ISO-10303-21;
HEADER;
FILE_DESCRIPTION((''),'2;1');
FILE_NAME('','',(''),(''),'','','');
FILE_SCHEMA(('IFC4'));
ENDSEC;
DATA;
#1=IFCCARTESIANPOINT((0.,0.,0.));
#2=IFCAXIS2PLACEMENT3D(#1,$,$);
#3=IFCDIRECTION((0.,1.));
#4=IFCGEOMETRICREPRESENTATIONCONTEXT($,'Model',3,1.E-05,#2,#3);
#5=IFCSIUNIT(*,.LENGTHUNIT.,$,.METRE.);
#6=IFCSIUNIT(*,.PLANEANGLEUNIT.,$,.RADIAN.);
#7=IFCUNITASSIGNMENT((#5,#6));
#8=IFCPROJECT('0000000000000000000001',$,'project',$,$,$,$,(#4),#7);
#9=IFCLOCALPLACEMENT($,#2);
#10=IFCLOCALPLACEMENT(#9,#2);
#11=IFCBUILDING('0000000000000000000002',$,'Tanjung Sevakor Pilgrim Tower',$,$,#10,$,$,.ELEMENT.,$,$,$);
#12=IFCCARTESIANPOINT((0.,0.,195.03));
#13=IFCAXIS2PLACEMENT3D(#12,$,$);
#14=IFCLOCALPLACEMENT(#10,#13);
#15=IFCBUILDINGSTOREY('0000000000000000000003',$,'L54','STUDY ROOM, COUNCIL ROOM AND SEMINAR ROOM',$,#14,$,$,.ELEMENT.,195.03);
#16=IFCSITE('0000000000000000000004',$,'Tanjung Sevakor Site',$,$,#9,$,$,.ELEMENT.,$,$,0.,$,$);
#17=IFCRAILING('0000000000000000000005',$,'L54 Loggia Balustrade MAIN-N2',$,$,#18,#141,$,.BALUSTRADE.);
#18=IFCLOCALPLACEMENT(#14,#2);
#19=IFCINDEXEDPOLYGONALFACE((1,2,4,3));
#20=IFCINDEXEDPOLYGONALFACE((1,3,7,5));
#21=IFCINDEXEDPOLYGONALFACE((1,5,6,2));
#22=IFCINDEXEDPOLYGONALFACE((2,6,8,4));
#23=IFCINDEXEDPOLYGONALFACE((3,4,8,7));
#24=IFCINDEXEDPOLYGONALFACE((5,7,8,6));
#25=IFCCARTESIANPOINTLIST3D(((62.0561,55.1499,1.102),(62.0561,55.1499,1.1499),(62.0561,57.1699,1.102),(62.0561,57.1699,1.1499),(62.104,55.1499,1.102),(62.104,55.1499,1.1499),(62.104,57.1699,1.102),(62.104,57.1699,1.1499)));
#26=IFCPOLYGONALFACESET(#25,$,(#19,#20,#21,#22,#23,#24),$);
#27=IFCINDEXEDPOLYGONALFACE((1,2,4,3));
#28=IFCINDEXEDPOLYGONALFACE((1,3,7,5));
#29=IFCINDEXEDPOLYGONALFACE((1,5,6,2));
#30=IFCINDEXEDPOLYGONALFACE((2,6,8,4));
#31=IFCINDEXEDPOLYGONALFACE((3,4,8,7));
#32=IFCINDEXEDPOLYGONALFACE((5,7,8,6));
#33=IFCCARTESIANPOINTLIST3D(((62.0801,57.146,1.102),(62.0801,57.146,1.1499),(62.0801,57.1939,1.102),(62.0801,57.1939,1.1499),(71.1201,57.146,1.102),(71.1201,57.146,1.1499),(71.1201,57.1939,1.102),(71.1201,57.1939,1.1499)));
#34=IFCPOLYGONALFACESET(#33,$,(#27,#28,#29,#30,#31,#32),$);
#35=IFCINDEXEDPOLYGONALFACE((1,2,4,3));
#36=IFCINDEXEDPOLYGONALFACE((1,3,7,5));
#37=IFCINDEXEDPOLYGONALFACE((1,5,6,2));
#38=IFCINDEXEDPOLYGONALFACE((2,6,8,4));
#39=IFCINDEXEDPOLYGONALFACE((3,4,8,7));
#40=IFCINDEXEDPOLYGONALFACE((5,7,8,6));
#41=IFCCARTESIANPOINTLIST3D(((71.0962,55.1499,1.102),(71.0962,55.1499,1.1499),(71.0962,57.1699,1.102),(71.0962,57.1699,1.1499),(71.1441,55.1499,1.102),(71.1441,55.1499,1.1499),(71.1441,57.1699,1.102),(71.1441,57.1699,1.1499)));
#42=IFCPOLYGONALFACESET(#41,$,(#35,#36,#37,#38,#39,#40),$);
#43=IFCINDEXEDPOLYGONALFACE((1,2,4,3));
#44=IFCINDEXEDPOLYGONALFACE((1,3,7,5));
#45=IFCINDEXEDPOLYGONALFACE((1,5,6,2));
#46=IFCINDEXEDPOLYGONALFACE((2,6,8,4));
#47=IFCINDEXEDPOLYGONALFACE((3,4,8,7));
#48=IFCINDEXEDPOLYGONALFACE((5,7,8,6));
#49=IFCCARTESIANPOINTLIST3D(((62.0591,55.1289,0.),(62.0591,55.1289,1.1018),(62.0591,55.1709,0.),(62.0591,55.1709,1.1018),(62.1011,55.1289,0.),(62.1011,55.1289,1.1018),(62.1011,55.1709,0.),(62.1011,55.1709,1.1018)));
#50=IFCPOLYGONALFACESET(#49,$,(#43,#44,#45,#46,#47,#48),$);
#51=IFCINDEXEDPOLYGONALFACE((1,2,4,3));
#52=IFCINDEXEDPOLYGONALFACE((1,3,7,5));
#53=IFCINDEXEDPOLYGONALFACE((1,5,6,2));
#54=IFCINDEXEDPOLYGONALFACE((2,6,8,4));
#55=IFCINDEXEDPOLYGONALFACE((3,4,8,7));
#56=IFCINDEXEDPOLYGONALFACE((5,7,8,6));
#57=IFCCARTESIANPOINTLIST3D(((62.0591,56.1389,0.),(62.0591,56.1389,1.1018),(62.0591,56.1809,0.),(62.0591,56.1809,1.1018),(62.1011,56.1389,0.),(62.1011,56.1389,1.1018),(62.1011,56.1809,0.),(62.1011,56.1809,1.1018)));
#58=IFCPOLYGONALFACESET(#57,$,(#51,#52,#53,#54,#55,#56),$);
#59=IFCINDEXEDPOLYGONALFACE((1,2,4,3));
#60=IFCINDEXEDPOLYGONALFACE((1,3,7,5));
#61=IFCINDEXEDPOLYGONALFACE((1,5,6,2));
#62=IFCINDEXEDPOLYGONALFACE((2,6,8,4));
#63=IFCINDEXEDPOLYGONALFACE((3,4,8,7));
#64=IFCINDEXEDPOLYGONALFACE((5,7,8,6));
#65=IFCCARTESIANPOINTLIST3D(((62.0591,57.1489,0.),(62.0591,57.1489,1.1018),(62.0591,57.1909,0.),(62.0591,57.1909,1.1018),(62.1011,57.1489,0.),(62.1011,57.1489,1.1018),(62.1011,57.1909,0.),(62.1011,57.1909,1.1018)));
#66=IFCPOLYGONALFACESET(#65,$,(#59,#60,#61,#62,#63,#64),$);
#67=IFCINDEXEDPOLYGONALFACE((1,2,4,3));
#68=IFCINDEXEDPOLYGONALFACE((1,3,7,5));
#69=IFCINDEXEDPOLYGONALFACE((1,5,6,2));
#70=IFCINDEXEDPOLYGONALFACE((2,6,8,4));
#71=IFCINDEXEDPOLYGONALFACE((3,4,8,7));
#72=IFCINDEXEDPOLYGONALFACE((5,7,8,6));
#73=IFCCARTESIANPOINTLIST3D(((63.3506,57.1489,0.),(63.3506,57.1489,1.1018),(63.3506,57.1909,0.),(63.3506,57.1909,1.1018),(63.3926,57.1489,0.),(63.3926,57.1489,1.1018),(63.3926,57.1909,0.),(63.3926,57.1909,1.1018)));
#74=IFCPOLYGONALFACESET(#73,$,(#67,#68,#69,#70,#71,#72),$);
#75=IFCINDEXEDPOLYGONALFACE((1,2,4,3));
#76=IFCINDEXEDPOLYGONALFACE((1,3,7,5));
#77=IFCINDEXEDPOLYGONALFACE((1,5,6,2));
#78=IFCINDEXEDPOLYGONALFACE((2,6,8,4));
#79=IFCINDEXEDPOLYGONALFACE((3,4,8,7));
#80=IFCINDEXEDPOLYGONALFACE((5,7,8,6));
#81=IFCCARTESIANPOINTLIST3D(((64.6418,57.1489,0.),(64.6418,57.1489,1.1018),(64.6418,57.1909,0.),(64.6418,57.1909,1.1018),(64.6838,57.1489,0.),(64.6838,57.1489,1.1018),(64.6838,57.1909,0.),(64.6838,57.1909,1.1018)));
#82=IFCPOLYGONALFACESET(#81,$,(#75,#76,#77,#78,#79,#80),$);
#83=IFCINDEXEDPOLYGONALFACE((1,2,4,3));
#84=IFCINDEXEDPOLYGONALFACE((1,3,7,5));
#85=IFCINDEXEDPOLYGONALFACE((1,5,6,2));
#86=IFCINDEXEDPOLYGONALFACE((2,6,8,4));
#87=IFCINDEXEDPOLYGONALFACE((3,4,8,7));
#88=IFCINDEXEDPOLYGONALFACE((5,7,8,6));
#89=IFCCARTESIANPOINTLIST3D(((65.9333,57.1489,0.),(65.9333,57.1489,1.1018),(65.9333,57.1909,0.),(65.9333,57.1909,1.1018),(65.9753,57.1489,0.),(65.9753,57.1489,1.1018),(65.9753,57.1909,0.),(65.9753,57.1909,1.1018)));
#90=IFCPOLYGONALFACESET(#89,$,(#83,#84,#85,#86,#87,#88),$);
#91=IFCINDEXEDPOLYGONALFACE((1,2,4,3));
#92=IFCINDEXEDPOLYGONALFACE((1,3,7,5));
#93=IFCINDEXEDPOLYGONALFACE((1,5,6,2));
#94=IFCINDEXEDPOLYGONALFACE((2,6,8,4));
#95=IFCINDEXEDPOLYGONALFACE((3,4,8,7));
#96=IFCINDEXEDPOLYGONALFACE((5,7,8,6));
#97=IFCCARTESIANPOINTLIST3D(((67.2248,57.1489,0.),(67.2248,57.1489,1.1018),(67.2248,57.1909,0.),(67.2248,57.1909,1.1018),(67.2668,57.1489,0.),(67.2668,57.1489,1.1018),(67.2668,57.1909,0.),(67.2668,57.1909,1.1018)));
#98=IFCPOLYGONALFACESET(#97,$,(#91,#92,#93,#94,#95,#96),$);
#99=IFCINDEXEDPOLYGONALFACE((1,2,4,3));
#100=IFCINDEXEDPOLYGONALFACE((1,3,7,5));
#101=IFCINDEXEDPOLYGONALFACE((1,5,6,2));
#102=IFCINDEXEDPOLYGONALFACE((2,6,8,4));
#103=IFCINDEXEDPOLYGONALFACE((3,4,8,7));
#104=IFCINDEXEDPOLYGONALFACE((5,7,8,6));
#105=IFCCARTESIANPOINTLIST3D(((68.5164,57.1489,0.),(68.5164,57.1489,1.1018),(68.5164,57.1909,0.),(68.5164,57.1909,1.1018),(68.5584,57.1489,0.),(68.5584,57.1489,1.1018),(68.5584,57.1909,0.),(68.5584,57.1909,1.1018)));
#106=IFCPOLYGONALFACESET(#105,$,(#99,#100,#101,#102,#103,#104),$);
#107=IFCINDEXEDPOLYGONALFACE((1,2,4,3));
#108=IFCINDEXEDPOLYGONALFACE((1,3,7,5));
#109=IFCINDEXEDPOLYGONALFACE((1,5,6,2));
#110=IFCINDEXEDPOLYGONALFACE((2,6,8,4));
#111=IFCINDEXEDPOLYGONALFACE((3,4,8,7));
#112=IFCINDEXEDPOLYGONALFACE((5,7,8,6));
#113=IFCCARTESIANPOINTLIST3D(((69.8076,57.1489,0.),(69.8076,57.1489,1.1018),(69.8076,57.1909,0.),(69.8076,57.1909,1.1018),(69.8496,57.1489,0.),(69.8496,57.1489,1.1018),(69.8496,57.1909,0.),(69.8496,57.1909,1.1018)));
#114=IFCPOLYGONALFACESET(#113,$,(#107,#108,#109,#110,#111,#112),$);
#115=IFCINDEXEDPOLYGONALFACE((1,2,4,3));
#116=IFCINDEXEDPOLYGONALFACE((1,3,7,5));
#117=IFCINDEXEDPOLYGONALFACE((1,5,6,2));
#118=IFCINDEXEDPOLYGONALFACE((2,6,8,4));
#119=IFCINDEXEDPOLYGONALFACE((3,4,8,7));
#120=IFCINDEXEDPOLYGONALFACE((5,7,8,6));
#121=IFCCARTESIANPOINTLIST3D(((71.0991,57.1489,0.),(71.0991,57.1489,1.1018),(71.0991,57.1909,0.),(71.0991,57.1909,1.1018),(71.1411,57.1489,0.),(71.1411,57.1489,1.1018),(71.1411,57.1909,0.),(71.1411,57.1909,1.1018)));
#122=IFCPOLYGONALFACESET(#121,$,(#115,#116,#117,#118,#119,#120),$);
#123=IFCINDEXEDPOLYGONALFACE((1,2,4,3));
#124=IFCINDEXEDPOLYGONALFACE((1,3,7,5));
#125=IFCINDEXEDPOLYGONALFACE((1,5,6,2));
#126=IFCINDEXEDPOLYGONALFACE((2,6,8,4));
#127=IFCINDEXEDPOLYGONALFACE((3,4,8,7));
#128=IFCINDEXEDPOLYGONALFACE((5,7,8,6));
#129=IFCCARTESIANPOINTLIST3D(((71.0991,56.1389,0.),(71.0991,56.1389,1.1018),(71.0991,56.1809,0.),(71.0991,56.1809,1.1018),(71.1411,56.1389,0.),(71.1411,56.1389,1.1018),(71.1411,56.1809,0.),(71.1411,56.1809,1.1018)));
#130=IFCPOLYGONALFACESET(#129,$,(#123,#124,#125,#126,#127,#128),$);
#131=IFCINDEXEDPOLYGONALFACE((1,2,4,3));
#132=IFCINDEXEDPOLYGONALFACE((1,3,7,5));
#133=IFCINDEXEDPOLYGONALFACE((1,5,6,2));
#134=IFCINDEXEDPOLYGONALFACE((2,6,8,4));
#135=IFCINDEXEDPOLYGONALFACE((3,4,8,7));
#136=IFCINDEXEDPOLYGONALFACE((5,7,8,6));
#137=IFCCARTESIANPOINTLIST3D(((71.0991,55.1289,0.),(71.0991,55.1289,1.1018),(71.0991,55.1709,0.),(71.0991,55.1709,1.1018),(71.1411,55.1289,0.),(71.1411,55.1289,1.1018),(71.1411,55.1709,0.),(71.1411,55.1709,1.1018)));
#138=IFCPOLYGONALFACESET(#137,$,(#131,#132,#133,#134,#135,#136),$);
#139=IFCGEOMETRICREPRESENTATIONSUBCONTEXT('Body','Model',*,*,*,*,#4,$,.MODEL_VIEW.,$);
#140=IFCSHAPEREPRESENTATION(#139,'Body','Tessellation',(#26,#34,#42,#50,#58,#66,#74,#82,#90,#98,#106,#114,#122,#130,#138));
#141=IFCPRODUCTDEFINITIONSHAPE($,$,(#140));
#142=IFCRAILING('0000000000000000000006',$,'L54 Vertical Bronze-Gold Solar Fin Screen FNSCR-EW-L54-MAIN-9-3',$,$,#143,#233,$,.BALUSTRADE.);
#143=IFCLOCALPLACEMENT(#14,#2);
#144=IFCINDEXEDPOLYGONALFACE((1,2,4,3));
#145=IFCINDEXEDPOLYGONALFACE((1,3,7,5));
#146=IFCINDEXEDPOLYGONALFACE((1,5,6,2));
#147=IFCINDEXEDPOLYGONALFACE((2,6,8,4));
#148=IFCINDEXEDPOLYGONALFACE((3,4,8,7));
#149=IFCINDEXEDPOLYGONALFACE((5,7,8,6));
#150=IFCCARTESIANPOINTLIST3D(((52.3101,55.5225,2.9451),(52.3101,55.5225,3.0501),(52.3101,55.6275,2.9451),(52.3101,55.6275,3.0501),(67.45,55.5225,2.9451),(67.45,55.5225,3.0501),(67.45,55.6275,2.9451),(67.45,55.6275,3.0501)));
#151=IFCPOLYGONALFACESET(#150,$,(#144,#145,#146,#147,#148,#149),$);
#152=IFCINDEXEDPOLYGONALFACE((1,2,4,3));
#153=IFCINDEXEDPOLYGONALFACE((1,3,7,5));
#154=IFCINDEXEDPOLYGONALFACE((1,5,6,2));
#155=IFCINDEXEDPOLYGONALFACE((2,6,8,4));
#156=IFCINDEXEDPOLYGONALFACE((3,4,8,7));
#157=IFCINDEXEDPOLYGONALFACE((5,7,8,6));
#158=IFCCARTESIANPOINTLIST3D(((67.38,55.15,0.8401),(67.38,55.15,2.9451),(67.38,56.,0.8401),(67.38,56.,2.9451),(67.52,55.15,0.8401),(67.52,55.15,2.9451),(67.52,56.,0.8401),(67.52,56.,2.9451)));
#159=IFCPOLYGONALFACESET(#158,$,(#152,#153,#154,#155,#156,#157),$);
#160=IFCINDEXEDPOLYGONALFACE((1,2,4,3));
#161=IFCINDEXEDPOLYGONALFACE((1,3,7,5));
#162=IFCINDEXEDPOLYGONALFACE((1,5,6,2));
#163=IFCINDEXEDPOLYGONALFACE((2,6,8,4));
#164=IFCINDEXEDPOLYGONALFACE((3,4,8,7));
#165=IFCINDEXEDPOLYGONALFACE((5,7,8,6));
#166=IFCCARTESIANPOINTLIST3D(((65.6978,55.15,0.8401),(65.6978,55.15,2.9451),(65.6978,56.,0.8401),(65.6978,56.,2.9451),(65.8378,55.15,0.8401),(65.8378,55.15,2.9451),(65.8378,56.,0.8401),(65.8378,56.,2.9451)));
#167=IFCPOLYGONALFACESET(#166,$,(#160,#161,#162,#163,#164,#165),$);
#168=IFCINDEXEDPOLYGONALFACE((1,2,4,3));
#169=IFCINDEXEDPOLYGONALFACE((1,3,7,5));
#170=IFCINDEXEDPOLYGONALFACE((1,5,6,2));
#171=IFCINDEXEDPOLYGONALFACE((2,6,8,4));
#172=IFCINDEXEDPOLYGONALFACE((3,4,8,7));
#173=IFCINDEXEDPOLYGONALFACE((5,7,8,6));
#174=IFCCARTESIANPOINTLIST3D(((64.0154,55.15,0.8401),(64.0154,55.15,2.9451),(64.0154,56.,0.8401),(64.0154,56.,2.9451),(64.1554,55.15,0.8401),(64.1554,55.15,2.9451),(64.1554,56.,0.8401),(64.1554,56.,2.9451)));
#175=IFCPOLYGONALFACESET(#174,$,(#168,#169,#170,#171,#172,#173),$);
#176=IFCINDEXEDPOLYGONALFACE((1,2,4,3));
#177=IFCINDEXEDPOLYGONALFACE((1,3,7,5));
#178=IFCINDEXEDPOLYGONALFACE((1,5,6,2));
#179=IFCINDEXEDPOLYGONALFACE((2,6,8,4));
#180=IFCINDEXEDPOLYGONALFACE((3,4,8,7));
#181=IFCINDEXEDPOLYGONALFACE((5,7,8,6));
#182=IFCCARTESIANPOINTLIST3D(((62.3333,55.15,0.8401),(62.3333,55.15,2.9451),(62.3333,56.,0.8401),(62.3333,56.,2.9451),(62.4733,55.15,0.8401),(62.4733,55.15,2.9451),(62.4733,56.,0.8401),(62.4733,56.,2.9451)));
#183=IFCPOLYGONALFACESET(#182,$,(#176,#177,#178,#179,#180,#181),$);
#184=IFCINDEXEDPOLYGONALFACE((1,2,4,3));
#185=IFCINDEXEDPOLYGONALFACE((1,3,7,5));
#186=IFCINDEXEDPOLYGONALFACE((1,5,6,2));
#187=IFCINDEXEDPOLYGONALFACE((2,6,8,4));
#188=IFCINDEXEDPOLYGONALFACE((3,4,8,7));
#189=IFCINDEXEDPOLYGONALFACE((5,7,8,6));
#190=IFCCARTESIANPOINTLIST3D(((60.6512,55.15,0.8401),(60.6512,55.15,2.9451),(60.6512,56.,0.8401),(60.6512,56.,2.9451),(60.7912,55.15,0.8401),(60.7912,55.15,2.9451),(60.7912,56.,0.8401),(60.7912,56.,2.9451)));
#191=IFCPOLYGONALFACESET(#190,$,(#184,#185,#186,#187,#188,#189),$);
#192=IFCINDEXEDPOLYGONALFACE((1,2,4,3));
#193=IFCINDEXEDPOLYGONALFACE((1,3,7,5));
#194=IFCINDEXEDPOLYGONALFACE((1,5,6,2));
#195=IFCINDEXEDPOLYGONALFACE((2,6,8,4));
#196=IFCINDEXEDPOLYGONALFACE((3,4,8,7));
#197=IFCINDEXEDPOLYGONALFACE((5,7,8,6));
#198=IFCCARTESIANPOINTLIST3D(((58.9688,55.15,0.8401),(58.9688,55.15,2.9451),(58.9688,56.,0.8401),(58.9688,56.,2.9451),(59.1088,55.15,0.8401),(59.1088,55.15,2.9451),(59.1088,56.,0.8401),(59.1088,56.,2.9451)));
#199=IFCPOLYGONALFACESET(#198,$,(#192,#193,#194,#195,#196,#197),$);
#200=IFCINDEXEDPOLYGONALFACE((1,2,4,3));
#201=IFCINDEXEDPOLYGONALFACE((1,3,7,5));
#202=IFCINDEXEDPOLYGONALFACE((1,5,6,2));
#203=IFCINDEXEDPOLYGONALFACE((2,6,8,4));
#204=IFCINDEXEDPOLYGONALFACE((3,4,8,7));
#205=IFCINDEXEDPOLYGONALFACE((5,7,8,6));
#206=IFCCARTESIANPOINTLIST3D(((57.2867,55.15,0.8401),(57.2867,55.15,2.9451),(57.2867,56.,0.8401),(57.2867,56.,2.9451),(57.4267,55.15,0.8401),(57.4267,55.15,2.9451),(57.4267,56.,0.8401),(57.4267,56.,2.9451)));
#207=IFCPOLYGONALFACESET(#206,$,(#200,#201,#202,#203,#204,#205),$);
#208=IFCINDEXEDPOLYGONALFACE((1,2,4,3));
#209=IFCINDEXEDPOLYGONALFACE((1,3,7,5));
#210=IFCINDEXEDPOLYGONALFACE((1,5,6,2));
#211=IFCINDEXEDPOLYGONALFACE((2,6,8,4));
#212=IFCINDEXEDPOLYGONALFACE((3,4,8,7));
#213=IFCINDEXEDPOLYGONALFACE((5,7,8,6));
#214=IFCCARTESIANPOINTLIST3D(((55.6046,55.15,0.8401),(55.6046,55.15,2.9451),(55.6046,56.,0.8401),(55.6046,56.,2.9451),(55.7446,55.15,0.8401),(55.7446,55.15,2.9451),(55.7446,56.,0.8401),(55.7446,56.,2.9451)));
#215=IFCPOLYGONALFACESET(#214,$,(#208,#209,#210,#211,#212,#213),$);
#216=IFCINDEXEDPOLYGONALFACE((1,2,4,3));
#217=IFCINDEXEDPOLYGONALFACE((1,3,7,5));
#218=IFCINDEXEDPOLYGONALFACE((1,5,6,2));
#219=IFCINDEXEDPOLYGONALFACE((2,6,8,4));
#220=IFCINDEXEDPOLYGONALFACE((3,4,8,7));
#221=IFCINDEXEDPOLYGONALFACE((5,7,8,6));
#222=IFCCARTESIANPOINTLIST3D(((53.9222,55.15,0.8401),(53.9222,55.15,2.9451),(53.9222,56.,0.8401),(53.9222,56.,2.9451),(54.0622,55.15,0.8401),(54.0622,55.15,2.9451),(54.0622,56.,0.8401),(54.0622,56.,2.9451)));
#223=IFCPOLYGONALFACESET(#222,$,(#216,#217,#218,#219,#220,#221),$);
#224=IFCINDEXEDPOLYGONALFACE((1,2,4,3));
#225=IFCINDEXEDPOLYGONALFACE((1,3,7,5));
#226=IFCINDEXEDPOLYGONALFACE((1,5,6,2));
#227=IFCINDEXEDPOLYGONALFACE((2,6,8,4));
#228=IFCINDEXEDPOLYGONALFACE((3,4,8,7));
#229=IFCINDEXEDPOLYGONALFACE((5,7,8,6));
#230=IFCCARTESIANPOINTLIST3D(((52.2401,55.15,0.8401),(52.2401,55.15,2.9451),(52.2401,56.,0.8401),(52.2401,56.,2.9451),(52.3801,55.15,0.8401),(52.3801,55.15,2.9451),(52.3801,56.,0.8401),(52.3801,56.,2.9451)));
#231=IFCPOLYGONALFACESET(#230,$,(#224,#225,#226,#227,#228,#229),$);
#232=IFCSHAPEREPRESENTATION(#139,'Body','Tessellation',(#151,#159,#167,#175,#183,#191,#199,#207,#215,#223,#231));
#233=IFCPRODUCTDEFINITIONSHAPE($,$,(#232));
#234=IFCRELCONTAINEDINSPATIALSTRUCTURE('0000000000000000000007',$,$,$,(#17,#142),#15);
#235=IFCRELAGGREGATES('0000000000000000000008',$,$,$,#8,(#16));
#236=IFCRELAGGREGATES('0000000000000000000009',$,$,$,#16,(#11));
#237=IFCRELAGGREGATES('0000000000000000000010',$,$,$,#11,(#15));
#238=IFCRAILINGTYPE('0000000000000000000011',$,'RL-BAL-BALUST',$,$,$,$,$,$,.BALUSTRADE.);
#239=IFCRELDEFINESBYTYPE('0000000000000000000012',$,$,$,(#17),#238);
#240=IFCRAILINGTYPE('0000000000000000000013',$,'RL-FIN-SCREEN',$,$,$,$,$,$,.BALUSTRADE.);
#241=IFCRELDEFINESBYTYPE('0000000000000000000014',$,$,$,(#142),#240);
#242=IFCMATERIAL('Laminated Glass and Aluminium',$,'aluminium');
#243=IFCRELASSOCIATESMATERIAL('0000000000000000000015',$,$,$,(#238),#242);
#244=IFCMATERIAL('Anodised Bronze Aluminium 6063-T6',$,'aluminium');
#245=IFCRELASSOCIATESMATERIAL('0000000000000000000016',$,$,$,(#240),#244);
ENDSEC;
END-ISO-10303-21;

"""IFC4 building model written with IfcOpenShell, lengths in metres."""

from ifc_helpers import new_model, si_unit, direction, frame, origin, place, context, subcontext, project, spatial, rectangle, extrude, material, type_object, element, save


model = new_model("IFC4")

# Units and contexts
model_context = context("Model", 3, precision=1e-05, world=origin(), true_north=direction((0.0, 1.0)))
body_context = subcontext(model_context, "Body", "Model", "MODEL_VIEW")
ifc_project = project(units=[si_unit("LENGTHUNIT", "METRE"), si_unit("PLANEANGLEUNIT", "RADIAN")], contexts=[model_context])

# Site, building, storey
site_placement = place(None, origin())
site = spatial("IfcSite", under=ifc_project, at=site_placement, Name="Tanjung Sevakor Site", CompositionType="ELEMENT", RefElevation=0.0)
building_placement = place(site_placement, origin())
building = spatial("IfcBuilding", under=site, at=building_placement, Name="Tanjung Sevakor Pilgrim Tower", CompositionType="ELEMENT")
storey_placement = place(building_placement, frame((0.0, 0.0, 195.03)))
storey = spatial("IfcBuildingStorey", under=building, at=storey_placement, Name="L54", Description="STUDY ROOM, COUNCIL ROOM AND SEMINAR ROOM", CompositionType="ELEMENT", Elevation=195.03)

# Railings
ifc_material_1 = material(Name="Laminated Glass and Aluminium", Category="aluminium")
railing_type_1 = type_object("IfcRailingType", Name="RL-BAL-BALUST", PredefinedType="BALUSTRADE", material=ifc_material_1)
railing_1_placement = place(storey_placement, frame((62.0801, 55.1499, 0.0)))
element("IfcRailing", 1, at=railing_1_placement, inside=storey, type_object=railing_type_1, Name="L54 Loggia Balustrade MAIN-N2", PredefinedType="BALUSTRADE", context=body_context, shape_type="SweptSolid", body=[
    extrude(rectangle(XDim=0.0479, YDim=0.0479), frame((0.0, 0.0, 1.126), z_axis=(0.0, 1.0, 0.0), x_axis=(-1.0, 0.0, 0.0)), (0.0, 0.0, 1.0), 2.02),
    extrude(rectangle(XDim=0.0479, YDim=0.0479), frame((0.0, 2.02, 1.126), z_axis=(1.0, 0.0, 0.0), x_axis=(0.0, 1.0, 0.0)), (0.0, 0.0, 1.0), 9.04),
    extrude(rectangle(XDim=0.0479, YDim=0.0479), frame((9.04, 2.02, 1.126), z_axis=(0.0, -1.0, 0.0), x_axis=(1.0, 0.0, 0.0)), (0.0, 0.0, 1.0), 2.02),
    extrude(rectangle(XDim=0.042, YDim=0.042), origin(), (0.0, 0.0, 1.0), 1.1018),
    extrude(rectangle(XDim=0.042, YDim=0.042), frame((0.0, 1.01, 0.0)), (0.0, 0.0, 1.0), 1.1018),
    extrude(rectangle(XDim=0.042, YDim=0.042), frame((0.0, 2.02, 0.0)), (0.0, 0.0, 1.0), 1.1018),
    extrude(rectangle(XDim=0.042, YDim=0.042), frame((1.2915, 2.02, 0.0)), (0.0, 0.0, 1.0), 1.1018),
    extrude(rectangle(XDim=0.042, YDim=0.042), frame((2.5828, 2.02, 0.0)), (0.0, 0.0, 1.0), 1.1018),
    extrude(rectangle(XDim=0.042, YDim=0.042), frame((3.8743, 2.02, 0.0)), (0.0, 0.0, 1.0), 1.1018),
    extrude(rectangle(XDim=0.042, YDim=0.042), frame((5.1658, 2.02, 0.0)), (0.0, 0.0, 1.0), 1.1018),
    extrude(rectangle(XDim=0.042, YDim=0.042), frame((6.4573, 2.02, 0.0)), (0.0, 0.0, 1.0), 1.1018),
    extrude(rectangle(XDim=0.042, YDim=0.042), frame((7.7485, 2.02, 0.0)), (0.0, 0.0, 1.0), 1.1018),
    extrude(rectangle(XDim=0.042, YDim=0.042), frame((9.04, 2.02, 0.0)), (0.0, 0.0, 1.0), 1.1018),
    extrude(rectangle(XDim=0.042, YDim=0.042), frame((9.04, 1.01, 0.0)), (0.0, 0.0, 1.0), 1.1018),
    extrude(rectangle(XDim=0.042, YDim=0.042), frame((9.04, 0.0, 0.0)), (0.0, 0.0, 1.0), 1.1018),
])
ifc_material_2 = material(Name="Anodised Bronze Aluminium 6063-T6", Category="aluminium")
railing_type_2 = type_object("IfcRailingType", Name="RL-FIN-SCREEN", PredefinedType="BALUSTRADE", material=ifc_material_2)
railing_2_placement = place(storey_placement, frame((67.45, 55.575, 0.8401)))
element("IfcRailing", 2, at=railing_2_placement, inside=storey, type_object=railing_type_2, Name="L54 Vertical Bronze-Gold Solar Fin Screen FNSCR-EW-L54-MAIN-9-3", PredefinedType="BALUSTRADE", context=body_context, shape_type="SweptSolid", body=[
    extrude(rectangle(XDim=0.105, YDim=0.105), frame((0.0, 0.0, 2.1575), z_axis=(-1.0, 0.0, 0.0), x_axis=(0.0, -1.0, 0.0)), (0.0, 0.0, 1.0), 15.1399),
    extrude(rectangle(XDim=0.14, YDim=0.85), origin(), (0.0, 0.0, 1.0), 2.105),
    extrude(rectangle(XDim=0.14, YDim=0.85), frame((-1.6821, 0.0, 0.0)), (0.0, 0.0, 1.0), 2.105),
    extrude(rectangle(XDim=0.14, YDim=0.85), frame((-3.3645, 0.0, 0.0)), (0.0, 0.0, 1.0), 2.105),
    extrude(rectangle(XDim=0.14, YDim=0.85), frame((-5.0466, 0.0, 0.0)), (0.0, 0.0, 1.0), 2.105),
    extrude(rectangle(XDim=0.14, YDim=0.85), frame((-6.7288, 0.0, 0.0)), (0.0, 0.0, 1.0), 2.105),
    extrude(rectangle(XDim=0.14, YDim=0.85), frame((-8.4111, 0.0, 0.0)), (0.0, 0.0, 1.0), 2.105),
    extrude(rectangle(XDim=0.14, YDim=0.85), frame((-10.0933, 0.0, 0.0)), (0.0, 0.0, 1.0), 2.105),
    extrude(rectangle(XDim=0.14, YDim=0.85), frame((-11.7754, 0.0, 0.0)), (0.0, 0.0, 1.0), 2.105),
    extrude(rectangle(XDim=0.14, YDim=0.85), frame((-13.4578, 0.0, 0.0)), (0.0, 0.0, 1.0), 2.105),
    extrude(rectangle(XDim=0.14, YDim=0.85), frame((-15.1399, 0.0, 0.0)), (0.0, 0.0, 1.0), 2.105),
])

save(model, "model.ifc")
